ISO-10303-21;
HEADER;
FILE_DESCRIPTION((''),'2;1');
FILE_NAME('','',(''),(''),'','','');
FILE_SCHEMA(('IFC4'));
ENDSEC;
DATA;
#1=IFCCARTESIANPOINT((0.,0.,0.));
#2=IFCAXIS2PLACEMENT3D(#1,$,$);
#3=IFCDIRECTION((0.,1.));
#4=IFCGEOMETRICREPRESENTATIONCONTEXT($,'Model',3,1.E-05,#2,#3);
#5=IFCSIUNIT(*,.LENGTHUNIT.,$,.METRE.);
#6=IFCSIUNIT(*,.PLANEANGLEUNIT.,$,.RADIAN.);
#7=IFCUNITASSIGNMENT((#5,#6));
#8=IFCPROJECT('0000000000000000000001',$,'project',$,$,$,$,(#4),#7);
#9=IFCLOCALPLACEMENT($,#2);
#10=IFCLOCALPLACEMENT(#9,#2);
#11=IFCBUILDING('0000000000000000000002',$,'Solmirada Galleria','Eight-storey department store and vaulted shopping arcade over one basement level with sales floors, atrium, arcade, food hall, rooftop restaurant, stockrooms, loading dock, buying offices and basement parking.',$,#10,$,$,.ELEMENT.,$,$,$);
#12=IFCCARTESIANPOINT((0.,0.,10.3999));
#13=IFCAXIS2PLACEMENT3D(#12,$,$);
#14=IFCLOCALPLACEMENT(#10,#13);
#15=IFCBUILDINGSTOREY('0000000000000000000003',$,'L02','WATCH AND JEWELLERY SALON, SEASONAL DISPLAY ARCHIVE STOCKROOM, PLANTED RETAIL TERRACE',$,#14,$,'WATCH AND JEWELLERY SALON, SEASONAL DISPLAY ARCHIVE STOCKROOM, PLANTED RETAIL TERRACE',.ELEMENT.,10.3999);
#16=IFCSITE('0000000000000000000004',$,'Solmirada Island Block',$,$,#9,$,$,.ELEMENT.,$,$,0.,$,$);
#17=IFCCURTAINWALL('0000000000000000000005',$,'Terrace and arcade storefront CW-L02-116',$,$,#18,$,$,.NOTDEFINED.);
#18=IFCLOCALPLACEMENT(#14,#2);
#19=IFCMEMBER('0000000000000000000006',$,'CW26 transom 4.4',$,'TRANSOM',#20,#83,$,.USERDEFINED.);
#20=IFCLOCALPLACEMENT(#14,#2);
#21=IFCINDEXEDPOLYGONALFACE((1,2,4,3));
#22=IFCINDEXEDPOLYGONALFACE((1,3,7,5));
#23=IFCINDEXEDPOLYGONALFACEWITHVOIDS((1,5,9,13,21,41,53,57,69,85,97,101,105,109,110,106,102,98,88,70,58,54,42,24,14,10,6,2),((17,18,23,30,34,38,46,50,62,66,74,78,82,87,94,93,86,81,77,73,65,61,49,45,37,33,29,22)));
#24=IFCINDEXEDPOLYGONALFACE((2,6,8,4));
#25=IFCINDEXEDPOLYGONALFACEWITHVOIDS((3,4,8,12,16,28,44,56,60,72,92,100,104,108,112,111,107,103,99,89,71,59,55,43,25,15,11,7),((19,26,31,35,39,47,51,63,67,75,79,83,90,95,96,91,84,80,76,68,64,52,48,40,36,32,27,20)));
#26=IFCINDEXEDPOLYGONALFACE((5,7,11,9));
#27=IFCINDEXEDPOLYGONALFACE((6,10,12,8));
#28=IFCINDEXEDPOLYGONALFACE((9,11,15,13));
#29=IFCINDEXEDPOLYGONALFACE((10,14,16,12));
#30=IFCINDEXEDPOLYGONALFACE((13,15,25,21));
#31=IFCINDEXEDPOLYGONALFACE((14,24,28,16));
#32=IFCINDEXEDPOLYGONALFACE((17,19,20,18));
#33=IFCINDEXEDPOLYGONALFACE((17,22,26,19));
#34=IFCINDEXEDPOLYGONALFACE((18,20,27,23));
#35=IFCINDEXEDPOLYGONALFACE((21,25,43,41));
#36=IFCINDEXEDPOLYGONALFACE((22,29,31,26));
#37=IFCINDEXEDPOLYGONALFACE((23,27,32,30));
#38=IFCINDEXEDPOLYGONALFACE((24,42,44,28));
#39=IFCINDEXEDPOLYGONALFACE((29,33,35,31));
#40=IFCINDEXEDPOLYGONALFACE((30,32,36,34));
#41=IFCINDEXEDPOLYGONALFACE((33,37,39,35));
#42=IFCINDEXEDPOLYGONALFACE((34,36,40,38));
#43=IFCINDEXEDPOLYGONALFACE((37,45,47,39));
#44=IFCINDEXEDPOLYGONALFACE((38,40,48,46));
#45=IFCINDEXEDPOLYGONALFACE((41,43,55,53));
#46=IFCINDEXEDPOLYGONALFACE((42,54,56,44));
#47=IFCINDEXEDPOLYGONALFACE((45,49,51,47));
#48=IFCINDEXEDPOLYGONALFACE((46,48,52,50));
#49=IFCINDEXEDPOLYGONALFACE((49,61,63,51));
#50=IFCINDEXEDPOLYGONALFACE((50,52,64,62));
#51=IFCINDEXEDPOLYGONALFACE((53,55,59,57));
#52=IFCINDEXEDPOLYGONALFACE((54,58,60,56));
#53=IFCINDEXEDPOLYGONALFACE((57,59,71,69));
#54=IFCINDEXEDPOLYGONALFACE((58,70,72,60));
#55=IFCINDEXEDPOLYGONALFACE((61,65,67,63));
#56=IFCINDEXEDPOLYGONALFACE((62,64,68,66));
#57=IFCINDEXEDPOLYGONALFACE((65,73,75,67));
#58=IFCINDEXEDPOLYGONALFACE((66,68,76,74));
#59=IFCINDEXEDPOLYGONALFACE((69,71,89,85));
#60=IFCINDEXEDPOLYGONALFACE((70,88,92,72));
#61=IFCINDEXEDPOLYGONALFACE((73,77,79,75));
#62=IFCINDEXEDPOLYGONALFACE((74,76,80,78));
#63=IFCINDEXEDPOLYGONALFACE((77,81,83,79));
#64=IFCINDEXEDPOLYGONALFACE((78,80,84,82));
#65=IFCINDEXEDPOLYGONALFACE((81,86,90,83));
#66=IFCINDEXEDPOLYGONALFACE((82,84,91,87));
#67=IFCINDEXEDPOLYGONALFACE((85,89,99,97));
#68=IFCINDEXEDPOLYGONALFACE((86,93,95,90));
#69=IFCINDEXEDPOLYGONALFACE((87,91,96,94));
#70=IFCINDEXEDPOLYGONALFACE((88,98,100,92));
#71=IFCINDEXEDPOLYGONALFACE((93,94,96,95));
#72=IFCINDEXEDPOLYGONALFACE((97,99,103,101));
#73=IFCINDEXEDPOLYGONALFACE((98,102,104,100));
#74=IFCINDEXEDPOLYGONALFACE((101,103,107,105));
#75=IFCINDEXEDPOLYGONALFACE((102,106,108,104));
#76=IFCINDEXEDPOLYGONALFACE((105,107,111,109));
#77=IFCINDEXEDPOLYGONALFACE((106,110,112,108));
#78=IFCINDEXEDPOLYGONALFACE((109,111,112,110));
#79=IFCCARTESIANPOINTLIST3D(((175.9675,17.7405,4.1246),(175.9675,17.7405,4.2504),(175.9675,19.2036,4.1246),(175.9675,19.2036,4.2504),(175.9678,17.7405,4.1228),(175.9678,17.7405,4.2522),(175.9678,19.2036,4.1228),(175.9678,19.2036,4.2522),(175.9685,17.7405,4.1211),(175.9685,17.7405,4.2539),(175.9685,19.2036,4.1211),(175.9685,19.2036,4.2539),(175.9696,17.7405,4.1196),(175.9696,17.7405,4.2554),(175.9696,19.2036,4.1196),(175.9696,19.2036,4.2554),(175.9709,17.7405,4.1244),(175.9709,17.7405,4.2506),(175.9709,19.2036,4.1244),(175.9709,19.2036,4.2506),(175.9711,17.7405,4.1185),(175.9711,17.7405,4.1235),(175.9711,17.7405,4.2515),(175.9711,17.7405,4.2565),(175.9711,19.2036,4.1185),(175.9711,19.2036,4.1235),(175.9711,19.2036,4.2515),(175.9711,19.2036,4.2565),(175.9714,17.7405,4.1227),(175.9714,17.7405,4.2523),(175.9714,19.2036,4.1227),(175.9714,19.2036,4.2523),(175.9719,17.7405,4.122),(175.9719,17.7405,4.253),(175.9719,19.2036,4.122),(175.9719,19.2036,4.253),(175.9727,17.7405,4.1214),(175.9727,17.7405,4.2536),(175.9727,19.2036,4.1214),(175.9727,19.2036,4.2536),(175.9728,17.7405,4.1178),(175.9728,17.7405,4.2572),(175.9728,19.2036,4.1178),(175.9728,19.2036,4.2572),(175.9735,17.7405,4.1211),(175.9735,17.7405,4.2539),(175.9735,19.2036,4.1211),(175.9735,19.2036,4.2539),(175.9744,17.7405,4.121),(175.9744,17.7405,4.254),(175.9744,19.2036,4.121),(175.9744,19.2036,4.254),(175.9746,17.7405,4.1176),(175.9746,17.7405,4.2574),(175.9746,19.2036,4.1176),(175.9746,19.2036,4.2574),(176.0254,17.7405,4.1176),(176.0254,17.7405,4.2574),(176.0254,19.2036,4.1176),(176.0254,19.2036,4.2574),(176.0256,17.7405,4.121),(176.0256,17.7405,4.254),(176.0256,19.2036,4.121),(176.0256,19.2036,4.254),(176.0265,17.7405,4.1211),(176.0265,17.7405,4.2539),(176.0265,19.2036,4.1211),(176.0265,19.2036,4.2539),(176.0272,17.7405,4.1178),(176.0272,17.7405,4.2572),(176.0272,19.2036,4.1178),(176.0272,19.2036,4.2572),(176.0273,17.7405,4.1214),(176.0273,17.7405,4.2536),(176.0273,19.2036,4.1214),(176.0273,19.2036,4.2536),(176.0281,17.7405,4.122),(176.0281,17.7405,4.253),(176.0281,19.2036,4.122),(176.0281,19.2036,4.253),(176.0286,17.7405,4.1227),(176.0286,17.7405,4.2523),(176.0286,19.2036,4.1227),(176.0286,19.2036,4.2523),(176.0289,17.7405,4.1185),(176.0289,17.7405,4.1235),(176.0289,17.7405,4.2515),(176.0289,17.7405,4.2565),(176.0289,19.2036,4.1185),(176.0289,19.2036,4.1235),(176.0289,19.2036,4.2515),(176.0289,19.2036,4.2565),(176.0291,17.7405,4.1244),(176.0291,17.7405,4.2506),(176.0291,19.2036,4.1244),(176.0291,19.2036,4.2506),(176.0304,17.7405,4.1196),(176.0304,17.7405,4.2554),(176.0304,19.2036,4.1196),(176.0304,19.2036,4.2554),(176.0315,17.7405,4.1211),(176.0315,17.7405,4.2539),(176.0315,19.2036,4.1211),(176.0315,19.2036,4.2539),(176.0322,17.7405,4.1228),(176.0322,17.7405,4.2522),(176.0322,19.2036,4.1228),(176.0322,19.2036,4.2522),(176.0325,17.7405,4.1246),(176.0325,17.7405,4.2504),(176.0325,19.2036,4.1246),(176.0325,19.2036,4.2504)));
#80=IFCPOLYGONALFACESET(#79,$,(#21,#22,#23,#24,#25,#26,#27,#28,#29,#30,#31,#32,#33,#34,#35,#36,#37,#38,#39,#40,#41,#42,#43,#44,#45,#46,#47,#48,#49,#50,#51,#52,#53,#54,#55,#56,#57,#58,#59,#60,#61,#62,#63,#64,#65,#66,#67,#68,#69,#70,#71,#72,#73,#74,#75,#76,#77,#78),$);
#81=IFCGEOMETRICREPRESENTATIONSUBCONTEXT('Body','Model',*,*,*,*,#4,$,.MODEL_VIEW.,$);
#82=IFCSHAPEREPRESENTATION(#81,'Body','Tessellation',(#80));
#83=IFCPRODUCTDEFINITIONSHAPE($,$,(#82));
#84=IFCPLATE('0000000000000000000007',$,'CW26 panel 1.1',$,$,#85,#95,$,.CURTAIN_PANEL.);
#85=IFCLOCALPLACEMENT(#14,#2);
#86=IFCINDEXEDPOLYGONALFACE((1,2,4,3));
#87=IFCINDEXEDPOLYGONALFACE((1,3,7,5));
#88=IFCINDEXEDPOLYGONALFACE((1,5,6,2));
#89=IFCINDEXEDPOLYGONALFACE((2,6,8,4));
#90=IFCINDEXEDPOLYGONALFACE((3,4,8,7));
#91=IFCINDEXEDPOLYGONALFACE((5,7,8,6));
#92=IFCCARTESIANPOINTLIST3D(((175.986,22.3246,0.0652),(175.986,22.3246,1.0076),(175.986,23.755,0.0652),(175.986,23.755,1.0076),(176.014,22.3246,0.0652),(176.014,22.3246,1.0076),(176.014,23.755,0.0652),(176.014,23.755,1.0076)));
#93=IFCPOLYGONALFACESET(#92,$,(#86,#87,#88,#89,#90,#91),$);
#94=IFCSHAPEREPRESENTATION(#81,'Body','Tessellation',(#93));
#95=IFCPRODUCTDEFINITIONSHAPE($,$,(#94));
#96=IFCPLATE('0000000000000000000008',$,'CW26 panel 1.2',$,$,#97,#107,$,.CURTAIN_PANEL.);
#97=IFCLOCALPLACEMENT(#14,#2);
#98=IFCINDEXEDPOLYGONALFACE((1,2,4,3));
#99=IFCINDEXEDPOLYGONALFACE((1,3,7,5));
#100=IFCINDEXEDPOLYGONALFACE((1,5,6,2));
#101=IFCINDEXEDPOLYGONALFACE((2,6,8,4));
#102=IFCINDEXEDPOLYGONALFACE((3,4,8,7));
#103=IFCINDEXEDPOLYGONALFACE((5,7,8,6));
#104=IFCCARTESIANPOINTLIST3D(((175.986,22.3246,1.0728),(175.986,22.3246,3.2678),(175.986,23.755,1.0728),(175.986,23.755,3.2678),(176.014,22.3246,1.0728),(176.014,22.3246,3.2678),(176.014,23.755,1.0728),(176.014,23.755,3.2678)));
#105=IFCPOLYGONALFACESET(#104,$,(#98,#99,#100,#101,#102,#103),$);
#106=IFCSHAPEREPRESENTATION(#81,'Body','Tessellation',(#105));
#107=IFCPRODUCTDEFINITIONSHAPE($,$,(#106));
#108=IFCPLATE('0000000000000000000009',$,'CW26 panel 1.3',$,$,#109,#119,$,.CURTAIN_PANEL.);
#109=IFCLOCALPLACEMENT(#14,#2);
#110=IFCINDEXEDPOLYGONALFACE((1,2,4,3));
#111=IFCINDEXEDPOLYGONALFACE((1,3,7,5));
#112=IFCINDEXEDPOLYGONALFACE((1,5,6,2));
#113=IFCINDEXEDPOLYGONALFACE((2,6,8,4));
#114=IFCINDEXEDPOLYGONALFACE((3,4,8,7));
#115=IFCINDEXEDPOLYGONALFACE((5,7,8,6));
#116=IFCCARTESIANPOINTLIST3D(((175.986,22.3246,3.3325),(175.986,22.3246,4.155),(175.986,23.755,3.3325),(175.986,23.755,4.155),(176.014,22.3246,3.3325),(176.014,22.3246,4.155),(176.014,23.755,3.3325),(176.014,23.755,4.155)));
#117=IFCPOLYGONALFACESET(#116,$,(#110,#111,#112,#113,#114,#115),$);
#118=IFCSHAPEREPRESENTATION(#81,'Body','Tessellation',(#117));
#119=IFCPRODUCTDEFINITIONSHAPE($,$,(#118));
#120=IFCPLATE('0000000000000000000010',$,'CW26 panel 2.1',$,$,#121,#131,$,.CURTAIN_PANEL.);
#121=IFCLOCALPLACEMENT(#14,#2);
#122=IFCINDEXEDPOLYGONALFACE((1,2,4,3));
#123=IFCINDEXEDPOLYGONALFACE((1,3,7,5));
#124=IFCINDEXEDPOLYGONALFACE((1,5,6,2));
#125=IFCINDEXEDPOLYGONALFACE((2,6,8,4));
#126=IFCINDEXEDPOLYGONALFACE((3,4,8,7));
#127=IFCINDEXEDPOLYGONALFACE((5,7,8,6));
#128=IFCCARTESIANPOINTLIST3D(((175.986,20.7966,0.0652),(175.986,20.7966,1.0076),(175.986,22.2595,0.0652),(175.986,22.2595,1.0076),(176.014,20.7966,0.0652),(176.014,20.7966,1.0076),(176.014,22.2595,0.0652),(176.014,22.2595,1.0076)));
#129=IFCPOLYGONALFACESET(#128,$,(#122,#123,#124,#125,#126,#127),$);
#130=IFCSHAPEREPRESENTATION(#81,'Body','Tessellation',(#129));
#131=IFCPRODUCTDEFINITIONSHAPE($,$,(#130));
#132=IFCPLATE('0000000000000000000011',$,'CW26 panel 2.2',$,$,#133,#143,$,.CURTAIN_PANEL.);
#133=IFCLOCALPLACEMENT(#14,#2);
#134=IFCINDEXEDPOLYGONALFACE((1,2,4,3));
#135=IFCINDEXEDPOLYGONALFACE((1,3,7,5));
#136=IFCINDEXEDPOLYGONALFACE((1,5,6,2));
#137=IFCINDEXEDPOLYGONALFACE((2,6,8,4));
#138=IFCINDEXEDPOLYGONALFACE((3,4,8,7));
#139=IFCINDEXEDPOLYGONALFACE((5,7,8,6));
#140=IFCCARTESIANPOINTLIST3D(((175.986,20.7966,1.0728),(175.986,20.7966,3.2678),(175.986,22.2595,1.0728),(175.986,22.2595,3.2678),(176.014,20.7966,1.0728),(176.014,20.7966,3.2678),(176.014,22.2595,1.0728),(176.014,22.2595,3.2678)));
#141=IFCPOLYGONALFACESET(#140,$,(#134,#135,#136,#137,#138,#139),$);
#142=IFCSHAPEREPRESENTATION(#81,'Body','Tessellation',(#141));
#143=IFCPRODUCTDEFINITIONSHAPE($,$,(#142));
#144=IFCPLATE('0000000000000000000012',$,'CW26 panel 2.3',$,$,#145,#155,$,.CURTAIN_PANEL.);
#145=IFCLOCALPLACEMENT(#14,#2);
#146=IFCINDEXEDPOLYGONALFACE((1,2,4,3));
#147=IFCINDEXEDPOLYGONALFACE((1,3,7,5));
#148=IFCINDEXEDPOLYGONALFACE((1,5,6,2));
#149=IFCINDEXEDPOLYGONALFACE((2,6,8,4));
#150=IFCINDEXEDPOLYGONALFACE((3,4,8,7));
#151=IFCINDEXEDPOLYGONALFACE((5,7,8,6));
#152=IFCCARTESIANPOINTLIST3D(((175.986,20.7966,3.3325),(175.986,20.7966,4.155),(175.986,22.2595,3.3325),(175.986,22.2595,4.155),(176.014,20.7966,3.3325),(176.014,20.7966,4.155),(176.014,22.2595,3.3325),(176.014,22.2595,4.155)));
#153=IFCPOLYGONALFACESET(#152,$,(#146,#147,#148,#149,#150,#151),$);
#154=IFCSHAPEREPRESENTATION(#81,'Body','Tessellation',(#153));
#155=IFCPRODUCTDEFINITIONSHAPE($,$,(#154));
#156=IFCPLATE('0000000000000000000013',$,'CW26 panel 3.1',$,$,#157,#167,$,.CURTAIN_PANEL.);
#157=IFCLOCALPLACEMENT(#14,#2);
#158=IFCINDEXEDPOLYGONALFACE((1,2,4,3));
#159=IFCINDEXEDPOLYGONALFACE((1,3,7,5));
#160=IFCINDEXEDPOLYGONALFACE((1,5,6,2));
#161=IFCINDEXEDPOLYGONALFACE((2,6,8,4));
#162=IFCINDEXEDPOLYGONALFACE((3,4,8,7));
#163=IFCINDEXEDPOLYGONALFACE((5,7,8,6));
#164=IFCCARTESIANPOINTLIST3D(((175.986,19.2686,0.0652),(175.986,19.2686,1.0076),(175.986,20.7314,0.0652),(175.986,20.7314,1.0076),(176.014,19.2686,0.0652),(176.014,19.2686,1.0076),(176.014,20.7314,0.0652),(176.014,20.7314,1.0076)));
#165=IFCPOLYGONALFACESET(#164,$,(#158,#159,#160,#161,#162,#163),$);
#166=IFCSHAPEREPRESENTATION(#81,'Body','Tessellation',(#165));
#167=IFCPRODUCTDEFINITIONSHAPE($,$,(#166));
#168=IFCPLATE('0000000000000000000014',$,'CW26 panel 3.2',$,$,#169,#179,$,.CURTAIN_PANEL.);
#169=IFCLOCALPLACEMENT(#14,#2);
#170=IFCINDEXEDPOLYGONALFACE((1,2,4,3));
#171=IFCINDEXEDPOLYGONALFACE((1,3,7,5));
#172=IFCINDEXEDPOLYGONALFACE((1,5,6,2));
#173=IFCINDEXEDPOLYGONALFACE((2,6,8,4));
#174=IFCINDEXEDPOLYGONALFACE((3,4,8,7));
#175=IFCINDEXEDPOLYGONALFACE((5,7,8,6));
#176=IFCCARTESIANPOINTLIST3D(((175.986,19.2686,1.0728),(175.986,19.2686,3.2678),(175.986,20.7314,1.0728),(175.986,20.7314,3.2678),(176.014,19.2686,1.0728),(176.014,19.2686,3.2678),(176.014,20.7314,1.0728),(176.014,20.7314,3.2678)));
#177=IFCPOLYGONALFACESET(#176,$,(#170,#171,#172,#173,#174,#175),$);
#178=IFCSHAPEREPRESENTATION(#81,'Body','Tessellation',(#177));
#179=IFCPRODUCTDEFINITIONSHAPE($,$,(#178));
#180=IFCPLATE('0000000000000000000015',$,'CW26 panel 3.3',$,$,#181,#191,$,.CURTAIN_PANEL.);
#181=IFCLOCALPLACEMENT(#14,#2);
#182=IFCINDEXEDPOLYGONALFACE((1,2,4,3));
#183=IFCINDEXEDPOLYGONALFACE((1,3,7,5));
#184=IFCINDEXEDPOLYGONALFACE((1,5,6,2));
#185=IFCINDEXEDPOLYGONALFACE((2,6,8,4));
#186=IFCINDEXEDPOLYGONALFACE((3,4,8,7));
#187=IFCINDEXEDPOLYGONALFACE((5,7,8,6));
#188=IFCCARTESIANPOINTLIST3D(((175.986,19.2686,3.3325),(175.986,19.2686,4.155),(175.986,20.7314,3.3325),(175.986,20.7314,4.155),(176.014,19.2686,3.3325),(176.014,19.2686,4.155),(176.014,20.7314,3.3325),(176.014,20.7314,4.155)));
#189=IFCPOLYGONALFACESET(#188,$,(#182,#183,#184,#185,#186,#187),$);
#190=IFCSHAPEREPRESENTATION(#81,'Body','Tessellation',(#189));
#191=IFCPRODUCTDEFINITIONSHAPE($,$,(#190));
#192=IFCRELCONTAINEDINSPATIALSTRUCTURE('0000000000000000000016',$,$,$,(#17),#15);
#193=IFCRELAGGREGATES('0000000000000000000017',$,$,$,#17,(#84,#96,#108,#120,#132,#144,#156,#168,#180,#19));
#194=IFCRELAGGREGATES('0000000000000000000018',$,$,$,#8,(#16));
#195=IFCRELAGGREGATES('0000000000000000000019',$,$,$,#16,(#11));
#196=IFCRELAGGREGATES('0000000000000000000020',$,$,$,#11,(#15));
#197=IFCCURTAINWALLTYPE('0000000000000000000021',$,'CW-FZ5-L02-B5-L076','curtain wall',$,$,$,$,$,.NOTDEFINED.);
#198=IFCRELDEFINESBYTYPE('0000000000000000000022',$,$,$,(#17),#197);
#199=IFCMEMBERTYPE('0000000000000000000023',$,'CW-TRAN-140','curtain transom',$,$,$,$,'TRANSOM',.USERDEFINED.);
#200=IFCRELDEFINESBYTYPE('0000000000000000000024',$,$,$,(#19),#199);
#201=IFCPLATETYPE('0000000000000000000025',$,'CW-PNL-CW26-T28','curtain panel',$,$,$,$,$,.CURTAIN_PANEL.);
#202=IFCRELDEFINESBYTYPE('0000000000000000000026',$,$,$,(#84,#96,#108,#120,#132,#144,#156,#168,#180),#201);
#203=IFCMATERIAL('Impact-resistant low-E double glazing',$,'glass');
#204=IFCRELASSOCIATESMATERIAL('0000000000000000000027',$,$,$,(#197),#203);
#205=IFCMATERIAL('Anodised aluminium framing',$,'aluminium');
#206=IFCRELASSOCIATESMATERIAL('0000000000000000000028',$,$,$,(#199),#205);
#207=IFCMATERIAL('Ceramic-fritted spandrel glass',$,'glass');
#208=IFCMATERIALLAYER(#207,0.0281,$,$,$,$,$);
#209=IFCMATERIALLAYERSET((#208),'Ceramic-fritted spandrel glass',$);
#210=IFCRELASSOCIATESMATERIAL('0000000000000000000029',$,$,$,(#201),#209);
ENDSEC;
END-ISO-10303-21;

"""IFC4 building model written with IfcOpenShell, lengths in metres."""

from ifc_helpers import new_model, si_unit, direction, frame, origin, origin_2d, place, context, subcontext, project, spatial, rectangle, hollow_rectangle, extrude, material, layer, layer_set, material_profile, profile_set, type_object, element, aggregate, save


model = new_model("IFC4")

# Units and contexts
model_context = context("Model", 3, precision=1e-05, world=origin(), true_north=direction((0.0, 1.0)))
body_context = subcontext(model_context, "Body", "Model", "MODEL_VIEW")
ifc_project = project(units=[si_unit("LENGTHUNIT", "METRE"), si_unit("PLANEANGLEUNIT", "RADIAN")], contexts=[model_context])

# Site, building, storey
site_placement = place(None, origin())
site = spatial("IfcSite", under=ifc_project, at=site_placement, Name="Solmirada Island Block", CompositionType="ELEMENT", RefElevation=0.0)
building_placement = place(site_placement, origin())
building = spatial("IfcBuilding", under=site, at=building_placement, Name="Solmirada Galleria", Description="Eight-storey department store and vaulted shopping arcade over one basement level with sales floors, atrium, arcade, food hall, rooftop restaurant, stockrooms, loading dock, buying offices and basement parking.", CompositionType="ELEMENT")
storey_placement = place(building_placement, frame((0.0, 0.0, 10.3999)))
storey = spatial("IfcBuildingStorey", under=building, at=storey_placement, Name="L02", Description="WATCH AND JEWELLERY SALON, SEASONAL DISPLAY ARCHIVE STOCKROOM, PLANTED RETAIL TERRACE", LongName="WATCH AND JEWELLERY SALON, SEASONAL DISPLAY ARCHIVE STOCKROOM, PLANTED RETAIL TERRACE", CompositionType="ELEMENT", Elevation=10.3999)

# Curtain wall, member, plates
ifc_material_1 = material(Name="Impact-resistant low-E double glazing", Category="glass")
curtain_wall_type = type_object("IfcCurtainWallType", Name="CW-FZ5-L02-B5-L076", Description="curtain wall", PredefinedType="NOTDEFINED", material=ifc_material_1)
curtain_wall_placement = place(storey_placement, origin())
curtain_wall = element("IfcCurtainWall", 1, at=curtain_wall_placement, inside=storey, type_object=curtain_wall_type, Name="Terrace and arcade storefront CW-L02-116", PredefinedType="NOTDEFINED")
ifc_material_2 = material(Name="Anodised aluminium framing", Category="aluminium")
ifc_material_profile_1 = material_profile(ifc_material_2, hollow_rectangle(XDim=0.0649, YDim=0.1399, WallThickness=0.0034, InnerFilletRadius=0.0034, OuterFilletRadius=0.0071, at=origin_2d()), Name="ALU-TRAN-140X65")
ifc_profile_set_1 = profile_set([ifc_material_profile_1], Name="Anodised aluminium framing")
member_type_1 = type_object("IfcMemberType", Name="CW-TRAN-140", Description="curtain transom", ElementType="TRANSOM", PredefinedType="USERDEFINED", material=ifc_profile_set_1)
member_1_placement = place(storey_placement, frame((176.0, 19.2036, 4.1875), z_axis=(0.0, -1.0, 0.0), x_axis=(1.0, 0.0, 0.0)))
member_1 = element("IfcMember", 2, at=member_1_placement, type_object=member_type_1, Name="CW26 transom 4.4", ObjectType="TRANSOM", PredefinedType="USERDEFINED", context=body_context, shape_type="SweptSolid", body=[
    extrude(hollow_rectangle(XDim=0.0649, YDim=0.1399, WallThickness=0.0034, InnerFilletRadius=0.0034, OuterFilletRadius=0.0071, at=origin_2d()), origin(), (0.0, 0.0, 1.0), 1.4631),
])
ifc_material_3 = material(Name="Ceramic-fritted spandrel glass", Category="glass")
ifc_layer_1 = layer(ifc_material_3, 0.0281)
ifc_layer_set_1 = layer_set([ifc_layer_1], Name="Ceramic-fritted spandrel glass")
plate_type = type_object("IfcPlateType", Name="CW-PNL-CW26-T28", Description="curtain panel", PredefinedType="CURTAIN_PANEL", material=ifc_layer_set_1)
plate_1_placement = place(storey_placement, frame((176.0, 23.0398, 0.0652), z_axis=(0.0, 0.0, 1.0), x_axis=(0.0, -1.0, 0.0)))
plate_1 = element("IfcPlate", 3, at=plate_1_placement, type_object=plate_type, Name="CW26 panel 1.1", PredefinedType="CURTAIN_PANEL", context=body_context, shape_type="SweptSolid", body=[
    extrude(rectangle(XDim=1.4304, YDim=0.0281, at=origin_2d()), origin(), (0.0, 0.0, 1.0), 0.9424),
])
plate_2_placement = place(storey_placement, frame((176.0, 23.0398, 1.0728), z_axis=(0.0, 0.0, 1.0), x_axis=(0.0, -1.0, 0.0)))
plate_2 = element("IfcPlate", 4, at=plate_2_placement, type_object=plate_type, Name="CW26 panel 1.2", PredefinedType="CURTAIN_PANEL", context=body_context, shape_type="SweptSolid", body=[
    extrude(rectangle(XDim=1.4304, YDim=0.0281, at=origin_2d()), origin(), (0.0, 0.0, 1.0), 2.1951),
])
plate_3_placement = place(storey_placement, frame((176.0, 23.0398, 3.3325), z_axis=(0.0, 0.0, 1.0), x_axis=(0.0, -1.0, 0.0)))
plate_3 = element("IfcPlate", 5, at=plate_3_placement, type_object=plate_type, Name="CW26 panel 1.3", PredefinedType="CURTAIN_PANEL", context=body_context, shape_type="SweptSolid", body=[
    extrude(rectangle(XDim=1.4304, YDim=0.0281, at=origin_2d()), origin(), (0.0, 0.0, 1.0), 0.8225),
])
plate_4_placement = place(storey_placement, frame((176.0, 21.5281, 0.0652), z_axis=(0.0, 0.0, 1.0), x_axis=(0.0, -1.0, 0.0)))
plate_4 = element("IfcPlate", 6, at=plate_4_placement, type_object=plate_type, Name="CW26 panel 2.1", PredefinedType="CURTAIN_PANEL", context=body_context, shape_type="SweptSolid", body=[
    extrude(rectangle(XDim=1.4629, YDim=0.0281, at=origin_2d()), origin(), (0.0, 0.0, 1.0), 0.9424),
])
plate_5_placement = place(storey_placement, frame((176.0, 21.5281, 1.0728), z_axis=(0.0, 0.0, 1.0), x_axis=(0.0, -1.0, 0.0)))
plate_5 = element("IfcPlate", 7, at=plate_5_placement, type_object=plate_type, Name="CW26 panel 2.2", PredefinedType="CURTAIN_PANEL", context=body_context, shape_type="SweptSolid", body=[
    extrude(rectangle(XDim=1.4629, YDim=0.0281, at=origin_2d()), origin(), (0.0, 0.0, 1.0), 2.1951),
])
plate_6_placement = place(storey_placement, frame((176.0, 21.5281, 3.3325), z_axis=(0.0, 0.0, 1.0), x_axis=(0.0, -1.0, 0.0)))
plate_6 = element("IfcPlate", 8, at=plate_6_placement, type_object=plate_type, Name="CW26 panel 2.3", PredefinedType="CURTAIN_PANEL", context=body_context, shape_type="SweptSolid", body=[
    extrude(rectangle(XDim=1.4629, YDim=0.0281, at=origin_2d()), origin(), (0.0, 0.0, 1.0), 0.8225),
])
plate_7_placement = place(storey_placement, frame((176.0, 20.0, 0.0652), z_axis=(0.0, 0.0, 1.0), x_axis=(0.0, -1.0, 0.0)))
plate_7 = element("IfcPlate", 9, at=plate_7_placement, type_object=plate_type, Name="CW26 panel 3.1", PredefinedType="CURTAIN_PANEL", context=body_context, shape_type="SweptSolid", body=[
    extrude(rectangle(XDim=1.4629, YDim=0.0281, at=origin_2d()), origin(), (0.0, 0.0, 1.0), 0.9424),
])
plate_8_placement = place(storey_placement, frame((176.0, 20.0, 1.0728), z_axis=(0.0, 0.0, 1.0), x_axis=(0.0, -1.0, 0.0)))
plate_8 = element("IfcPlate", 10, at=plate_8_placement, type_object=plate_type, Name="CW26 panel 3.2", PredefinedType="CURTAIN_PANEL", context=body_context, shape_type="SweptSolid", body=[
    extrude(rectangle(XDim=1.4629, YDim=0.0281, at=origin_2d()), origin(), (0.0, 0.0, 1.0), 2.1951),
])
plate_9_placement = place(storey_placement, frame((176.0, 20.0, 3.3325), z_axis=(0.0, 0.0, 1.0), x_axis=(0.0, -1.0, 0.0)))
plate_9 = element("IfcPlate", 11, at=plate_9_placement, type_object=plate_type, Name="CW26 panel 3.3", PredefinedType="CURTAIN_PANEL", context=body_context, shape_type="SweptSolid", body=[
    extrude(rectangle(XDim=1.4629, YDim=0.0281, at=origin_2d()), origin(), (0.0, 0.0, 1.0), 0.8225),
])
aggregate(curtain_wall, [plate_1, plate_2, plate_3, plate_4, plate_5, plate_6, plate_7, plate_8, plate_9, member_1])

save(model, "model.ifc")
